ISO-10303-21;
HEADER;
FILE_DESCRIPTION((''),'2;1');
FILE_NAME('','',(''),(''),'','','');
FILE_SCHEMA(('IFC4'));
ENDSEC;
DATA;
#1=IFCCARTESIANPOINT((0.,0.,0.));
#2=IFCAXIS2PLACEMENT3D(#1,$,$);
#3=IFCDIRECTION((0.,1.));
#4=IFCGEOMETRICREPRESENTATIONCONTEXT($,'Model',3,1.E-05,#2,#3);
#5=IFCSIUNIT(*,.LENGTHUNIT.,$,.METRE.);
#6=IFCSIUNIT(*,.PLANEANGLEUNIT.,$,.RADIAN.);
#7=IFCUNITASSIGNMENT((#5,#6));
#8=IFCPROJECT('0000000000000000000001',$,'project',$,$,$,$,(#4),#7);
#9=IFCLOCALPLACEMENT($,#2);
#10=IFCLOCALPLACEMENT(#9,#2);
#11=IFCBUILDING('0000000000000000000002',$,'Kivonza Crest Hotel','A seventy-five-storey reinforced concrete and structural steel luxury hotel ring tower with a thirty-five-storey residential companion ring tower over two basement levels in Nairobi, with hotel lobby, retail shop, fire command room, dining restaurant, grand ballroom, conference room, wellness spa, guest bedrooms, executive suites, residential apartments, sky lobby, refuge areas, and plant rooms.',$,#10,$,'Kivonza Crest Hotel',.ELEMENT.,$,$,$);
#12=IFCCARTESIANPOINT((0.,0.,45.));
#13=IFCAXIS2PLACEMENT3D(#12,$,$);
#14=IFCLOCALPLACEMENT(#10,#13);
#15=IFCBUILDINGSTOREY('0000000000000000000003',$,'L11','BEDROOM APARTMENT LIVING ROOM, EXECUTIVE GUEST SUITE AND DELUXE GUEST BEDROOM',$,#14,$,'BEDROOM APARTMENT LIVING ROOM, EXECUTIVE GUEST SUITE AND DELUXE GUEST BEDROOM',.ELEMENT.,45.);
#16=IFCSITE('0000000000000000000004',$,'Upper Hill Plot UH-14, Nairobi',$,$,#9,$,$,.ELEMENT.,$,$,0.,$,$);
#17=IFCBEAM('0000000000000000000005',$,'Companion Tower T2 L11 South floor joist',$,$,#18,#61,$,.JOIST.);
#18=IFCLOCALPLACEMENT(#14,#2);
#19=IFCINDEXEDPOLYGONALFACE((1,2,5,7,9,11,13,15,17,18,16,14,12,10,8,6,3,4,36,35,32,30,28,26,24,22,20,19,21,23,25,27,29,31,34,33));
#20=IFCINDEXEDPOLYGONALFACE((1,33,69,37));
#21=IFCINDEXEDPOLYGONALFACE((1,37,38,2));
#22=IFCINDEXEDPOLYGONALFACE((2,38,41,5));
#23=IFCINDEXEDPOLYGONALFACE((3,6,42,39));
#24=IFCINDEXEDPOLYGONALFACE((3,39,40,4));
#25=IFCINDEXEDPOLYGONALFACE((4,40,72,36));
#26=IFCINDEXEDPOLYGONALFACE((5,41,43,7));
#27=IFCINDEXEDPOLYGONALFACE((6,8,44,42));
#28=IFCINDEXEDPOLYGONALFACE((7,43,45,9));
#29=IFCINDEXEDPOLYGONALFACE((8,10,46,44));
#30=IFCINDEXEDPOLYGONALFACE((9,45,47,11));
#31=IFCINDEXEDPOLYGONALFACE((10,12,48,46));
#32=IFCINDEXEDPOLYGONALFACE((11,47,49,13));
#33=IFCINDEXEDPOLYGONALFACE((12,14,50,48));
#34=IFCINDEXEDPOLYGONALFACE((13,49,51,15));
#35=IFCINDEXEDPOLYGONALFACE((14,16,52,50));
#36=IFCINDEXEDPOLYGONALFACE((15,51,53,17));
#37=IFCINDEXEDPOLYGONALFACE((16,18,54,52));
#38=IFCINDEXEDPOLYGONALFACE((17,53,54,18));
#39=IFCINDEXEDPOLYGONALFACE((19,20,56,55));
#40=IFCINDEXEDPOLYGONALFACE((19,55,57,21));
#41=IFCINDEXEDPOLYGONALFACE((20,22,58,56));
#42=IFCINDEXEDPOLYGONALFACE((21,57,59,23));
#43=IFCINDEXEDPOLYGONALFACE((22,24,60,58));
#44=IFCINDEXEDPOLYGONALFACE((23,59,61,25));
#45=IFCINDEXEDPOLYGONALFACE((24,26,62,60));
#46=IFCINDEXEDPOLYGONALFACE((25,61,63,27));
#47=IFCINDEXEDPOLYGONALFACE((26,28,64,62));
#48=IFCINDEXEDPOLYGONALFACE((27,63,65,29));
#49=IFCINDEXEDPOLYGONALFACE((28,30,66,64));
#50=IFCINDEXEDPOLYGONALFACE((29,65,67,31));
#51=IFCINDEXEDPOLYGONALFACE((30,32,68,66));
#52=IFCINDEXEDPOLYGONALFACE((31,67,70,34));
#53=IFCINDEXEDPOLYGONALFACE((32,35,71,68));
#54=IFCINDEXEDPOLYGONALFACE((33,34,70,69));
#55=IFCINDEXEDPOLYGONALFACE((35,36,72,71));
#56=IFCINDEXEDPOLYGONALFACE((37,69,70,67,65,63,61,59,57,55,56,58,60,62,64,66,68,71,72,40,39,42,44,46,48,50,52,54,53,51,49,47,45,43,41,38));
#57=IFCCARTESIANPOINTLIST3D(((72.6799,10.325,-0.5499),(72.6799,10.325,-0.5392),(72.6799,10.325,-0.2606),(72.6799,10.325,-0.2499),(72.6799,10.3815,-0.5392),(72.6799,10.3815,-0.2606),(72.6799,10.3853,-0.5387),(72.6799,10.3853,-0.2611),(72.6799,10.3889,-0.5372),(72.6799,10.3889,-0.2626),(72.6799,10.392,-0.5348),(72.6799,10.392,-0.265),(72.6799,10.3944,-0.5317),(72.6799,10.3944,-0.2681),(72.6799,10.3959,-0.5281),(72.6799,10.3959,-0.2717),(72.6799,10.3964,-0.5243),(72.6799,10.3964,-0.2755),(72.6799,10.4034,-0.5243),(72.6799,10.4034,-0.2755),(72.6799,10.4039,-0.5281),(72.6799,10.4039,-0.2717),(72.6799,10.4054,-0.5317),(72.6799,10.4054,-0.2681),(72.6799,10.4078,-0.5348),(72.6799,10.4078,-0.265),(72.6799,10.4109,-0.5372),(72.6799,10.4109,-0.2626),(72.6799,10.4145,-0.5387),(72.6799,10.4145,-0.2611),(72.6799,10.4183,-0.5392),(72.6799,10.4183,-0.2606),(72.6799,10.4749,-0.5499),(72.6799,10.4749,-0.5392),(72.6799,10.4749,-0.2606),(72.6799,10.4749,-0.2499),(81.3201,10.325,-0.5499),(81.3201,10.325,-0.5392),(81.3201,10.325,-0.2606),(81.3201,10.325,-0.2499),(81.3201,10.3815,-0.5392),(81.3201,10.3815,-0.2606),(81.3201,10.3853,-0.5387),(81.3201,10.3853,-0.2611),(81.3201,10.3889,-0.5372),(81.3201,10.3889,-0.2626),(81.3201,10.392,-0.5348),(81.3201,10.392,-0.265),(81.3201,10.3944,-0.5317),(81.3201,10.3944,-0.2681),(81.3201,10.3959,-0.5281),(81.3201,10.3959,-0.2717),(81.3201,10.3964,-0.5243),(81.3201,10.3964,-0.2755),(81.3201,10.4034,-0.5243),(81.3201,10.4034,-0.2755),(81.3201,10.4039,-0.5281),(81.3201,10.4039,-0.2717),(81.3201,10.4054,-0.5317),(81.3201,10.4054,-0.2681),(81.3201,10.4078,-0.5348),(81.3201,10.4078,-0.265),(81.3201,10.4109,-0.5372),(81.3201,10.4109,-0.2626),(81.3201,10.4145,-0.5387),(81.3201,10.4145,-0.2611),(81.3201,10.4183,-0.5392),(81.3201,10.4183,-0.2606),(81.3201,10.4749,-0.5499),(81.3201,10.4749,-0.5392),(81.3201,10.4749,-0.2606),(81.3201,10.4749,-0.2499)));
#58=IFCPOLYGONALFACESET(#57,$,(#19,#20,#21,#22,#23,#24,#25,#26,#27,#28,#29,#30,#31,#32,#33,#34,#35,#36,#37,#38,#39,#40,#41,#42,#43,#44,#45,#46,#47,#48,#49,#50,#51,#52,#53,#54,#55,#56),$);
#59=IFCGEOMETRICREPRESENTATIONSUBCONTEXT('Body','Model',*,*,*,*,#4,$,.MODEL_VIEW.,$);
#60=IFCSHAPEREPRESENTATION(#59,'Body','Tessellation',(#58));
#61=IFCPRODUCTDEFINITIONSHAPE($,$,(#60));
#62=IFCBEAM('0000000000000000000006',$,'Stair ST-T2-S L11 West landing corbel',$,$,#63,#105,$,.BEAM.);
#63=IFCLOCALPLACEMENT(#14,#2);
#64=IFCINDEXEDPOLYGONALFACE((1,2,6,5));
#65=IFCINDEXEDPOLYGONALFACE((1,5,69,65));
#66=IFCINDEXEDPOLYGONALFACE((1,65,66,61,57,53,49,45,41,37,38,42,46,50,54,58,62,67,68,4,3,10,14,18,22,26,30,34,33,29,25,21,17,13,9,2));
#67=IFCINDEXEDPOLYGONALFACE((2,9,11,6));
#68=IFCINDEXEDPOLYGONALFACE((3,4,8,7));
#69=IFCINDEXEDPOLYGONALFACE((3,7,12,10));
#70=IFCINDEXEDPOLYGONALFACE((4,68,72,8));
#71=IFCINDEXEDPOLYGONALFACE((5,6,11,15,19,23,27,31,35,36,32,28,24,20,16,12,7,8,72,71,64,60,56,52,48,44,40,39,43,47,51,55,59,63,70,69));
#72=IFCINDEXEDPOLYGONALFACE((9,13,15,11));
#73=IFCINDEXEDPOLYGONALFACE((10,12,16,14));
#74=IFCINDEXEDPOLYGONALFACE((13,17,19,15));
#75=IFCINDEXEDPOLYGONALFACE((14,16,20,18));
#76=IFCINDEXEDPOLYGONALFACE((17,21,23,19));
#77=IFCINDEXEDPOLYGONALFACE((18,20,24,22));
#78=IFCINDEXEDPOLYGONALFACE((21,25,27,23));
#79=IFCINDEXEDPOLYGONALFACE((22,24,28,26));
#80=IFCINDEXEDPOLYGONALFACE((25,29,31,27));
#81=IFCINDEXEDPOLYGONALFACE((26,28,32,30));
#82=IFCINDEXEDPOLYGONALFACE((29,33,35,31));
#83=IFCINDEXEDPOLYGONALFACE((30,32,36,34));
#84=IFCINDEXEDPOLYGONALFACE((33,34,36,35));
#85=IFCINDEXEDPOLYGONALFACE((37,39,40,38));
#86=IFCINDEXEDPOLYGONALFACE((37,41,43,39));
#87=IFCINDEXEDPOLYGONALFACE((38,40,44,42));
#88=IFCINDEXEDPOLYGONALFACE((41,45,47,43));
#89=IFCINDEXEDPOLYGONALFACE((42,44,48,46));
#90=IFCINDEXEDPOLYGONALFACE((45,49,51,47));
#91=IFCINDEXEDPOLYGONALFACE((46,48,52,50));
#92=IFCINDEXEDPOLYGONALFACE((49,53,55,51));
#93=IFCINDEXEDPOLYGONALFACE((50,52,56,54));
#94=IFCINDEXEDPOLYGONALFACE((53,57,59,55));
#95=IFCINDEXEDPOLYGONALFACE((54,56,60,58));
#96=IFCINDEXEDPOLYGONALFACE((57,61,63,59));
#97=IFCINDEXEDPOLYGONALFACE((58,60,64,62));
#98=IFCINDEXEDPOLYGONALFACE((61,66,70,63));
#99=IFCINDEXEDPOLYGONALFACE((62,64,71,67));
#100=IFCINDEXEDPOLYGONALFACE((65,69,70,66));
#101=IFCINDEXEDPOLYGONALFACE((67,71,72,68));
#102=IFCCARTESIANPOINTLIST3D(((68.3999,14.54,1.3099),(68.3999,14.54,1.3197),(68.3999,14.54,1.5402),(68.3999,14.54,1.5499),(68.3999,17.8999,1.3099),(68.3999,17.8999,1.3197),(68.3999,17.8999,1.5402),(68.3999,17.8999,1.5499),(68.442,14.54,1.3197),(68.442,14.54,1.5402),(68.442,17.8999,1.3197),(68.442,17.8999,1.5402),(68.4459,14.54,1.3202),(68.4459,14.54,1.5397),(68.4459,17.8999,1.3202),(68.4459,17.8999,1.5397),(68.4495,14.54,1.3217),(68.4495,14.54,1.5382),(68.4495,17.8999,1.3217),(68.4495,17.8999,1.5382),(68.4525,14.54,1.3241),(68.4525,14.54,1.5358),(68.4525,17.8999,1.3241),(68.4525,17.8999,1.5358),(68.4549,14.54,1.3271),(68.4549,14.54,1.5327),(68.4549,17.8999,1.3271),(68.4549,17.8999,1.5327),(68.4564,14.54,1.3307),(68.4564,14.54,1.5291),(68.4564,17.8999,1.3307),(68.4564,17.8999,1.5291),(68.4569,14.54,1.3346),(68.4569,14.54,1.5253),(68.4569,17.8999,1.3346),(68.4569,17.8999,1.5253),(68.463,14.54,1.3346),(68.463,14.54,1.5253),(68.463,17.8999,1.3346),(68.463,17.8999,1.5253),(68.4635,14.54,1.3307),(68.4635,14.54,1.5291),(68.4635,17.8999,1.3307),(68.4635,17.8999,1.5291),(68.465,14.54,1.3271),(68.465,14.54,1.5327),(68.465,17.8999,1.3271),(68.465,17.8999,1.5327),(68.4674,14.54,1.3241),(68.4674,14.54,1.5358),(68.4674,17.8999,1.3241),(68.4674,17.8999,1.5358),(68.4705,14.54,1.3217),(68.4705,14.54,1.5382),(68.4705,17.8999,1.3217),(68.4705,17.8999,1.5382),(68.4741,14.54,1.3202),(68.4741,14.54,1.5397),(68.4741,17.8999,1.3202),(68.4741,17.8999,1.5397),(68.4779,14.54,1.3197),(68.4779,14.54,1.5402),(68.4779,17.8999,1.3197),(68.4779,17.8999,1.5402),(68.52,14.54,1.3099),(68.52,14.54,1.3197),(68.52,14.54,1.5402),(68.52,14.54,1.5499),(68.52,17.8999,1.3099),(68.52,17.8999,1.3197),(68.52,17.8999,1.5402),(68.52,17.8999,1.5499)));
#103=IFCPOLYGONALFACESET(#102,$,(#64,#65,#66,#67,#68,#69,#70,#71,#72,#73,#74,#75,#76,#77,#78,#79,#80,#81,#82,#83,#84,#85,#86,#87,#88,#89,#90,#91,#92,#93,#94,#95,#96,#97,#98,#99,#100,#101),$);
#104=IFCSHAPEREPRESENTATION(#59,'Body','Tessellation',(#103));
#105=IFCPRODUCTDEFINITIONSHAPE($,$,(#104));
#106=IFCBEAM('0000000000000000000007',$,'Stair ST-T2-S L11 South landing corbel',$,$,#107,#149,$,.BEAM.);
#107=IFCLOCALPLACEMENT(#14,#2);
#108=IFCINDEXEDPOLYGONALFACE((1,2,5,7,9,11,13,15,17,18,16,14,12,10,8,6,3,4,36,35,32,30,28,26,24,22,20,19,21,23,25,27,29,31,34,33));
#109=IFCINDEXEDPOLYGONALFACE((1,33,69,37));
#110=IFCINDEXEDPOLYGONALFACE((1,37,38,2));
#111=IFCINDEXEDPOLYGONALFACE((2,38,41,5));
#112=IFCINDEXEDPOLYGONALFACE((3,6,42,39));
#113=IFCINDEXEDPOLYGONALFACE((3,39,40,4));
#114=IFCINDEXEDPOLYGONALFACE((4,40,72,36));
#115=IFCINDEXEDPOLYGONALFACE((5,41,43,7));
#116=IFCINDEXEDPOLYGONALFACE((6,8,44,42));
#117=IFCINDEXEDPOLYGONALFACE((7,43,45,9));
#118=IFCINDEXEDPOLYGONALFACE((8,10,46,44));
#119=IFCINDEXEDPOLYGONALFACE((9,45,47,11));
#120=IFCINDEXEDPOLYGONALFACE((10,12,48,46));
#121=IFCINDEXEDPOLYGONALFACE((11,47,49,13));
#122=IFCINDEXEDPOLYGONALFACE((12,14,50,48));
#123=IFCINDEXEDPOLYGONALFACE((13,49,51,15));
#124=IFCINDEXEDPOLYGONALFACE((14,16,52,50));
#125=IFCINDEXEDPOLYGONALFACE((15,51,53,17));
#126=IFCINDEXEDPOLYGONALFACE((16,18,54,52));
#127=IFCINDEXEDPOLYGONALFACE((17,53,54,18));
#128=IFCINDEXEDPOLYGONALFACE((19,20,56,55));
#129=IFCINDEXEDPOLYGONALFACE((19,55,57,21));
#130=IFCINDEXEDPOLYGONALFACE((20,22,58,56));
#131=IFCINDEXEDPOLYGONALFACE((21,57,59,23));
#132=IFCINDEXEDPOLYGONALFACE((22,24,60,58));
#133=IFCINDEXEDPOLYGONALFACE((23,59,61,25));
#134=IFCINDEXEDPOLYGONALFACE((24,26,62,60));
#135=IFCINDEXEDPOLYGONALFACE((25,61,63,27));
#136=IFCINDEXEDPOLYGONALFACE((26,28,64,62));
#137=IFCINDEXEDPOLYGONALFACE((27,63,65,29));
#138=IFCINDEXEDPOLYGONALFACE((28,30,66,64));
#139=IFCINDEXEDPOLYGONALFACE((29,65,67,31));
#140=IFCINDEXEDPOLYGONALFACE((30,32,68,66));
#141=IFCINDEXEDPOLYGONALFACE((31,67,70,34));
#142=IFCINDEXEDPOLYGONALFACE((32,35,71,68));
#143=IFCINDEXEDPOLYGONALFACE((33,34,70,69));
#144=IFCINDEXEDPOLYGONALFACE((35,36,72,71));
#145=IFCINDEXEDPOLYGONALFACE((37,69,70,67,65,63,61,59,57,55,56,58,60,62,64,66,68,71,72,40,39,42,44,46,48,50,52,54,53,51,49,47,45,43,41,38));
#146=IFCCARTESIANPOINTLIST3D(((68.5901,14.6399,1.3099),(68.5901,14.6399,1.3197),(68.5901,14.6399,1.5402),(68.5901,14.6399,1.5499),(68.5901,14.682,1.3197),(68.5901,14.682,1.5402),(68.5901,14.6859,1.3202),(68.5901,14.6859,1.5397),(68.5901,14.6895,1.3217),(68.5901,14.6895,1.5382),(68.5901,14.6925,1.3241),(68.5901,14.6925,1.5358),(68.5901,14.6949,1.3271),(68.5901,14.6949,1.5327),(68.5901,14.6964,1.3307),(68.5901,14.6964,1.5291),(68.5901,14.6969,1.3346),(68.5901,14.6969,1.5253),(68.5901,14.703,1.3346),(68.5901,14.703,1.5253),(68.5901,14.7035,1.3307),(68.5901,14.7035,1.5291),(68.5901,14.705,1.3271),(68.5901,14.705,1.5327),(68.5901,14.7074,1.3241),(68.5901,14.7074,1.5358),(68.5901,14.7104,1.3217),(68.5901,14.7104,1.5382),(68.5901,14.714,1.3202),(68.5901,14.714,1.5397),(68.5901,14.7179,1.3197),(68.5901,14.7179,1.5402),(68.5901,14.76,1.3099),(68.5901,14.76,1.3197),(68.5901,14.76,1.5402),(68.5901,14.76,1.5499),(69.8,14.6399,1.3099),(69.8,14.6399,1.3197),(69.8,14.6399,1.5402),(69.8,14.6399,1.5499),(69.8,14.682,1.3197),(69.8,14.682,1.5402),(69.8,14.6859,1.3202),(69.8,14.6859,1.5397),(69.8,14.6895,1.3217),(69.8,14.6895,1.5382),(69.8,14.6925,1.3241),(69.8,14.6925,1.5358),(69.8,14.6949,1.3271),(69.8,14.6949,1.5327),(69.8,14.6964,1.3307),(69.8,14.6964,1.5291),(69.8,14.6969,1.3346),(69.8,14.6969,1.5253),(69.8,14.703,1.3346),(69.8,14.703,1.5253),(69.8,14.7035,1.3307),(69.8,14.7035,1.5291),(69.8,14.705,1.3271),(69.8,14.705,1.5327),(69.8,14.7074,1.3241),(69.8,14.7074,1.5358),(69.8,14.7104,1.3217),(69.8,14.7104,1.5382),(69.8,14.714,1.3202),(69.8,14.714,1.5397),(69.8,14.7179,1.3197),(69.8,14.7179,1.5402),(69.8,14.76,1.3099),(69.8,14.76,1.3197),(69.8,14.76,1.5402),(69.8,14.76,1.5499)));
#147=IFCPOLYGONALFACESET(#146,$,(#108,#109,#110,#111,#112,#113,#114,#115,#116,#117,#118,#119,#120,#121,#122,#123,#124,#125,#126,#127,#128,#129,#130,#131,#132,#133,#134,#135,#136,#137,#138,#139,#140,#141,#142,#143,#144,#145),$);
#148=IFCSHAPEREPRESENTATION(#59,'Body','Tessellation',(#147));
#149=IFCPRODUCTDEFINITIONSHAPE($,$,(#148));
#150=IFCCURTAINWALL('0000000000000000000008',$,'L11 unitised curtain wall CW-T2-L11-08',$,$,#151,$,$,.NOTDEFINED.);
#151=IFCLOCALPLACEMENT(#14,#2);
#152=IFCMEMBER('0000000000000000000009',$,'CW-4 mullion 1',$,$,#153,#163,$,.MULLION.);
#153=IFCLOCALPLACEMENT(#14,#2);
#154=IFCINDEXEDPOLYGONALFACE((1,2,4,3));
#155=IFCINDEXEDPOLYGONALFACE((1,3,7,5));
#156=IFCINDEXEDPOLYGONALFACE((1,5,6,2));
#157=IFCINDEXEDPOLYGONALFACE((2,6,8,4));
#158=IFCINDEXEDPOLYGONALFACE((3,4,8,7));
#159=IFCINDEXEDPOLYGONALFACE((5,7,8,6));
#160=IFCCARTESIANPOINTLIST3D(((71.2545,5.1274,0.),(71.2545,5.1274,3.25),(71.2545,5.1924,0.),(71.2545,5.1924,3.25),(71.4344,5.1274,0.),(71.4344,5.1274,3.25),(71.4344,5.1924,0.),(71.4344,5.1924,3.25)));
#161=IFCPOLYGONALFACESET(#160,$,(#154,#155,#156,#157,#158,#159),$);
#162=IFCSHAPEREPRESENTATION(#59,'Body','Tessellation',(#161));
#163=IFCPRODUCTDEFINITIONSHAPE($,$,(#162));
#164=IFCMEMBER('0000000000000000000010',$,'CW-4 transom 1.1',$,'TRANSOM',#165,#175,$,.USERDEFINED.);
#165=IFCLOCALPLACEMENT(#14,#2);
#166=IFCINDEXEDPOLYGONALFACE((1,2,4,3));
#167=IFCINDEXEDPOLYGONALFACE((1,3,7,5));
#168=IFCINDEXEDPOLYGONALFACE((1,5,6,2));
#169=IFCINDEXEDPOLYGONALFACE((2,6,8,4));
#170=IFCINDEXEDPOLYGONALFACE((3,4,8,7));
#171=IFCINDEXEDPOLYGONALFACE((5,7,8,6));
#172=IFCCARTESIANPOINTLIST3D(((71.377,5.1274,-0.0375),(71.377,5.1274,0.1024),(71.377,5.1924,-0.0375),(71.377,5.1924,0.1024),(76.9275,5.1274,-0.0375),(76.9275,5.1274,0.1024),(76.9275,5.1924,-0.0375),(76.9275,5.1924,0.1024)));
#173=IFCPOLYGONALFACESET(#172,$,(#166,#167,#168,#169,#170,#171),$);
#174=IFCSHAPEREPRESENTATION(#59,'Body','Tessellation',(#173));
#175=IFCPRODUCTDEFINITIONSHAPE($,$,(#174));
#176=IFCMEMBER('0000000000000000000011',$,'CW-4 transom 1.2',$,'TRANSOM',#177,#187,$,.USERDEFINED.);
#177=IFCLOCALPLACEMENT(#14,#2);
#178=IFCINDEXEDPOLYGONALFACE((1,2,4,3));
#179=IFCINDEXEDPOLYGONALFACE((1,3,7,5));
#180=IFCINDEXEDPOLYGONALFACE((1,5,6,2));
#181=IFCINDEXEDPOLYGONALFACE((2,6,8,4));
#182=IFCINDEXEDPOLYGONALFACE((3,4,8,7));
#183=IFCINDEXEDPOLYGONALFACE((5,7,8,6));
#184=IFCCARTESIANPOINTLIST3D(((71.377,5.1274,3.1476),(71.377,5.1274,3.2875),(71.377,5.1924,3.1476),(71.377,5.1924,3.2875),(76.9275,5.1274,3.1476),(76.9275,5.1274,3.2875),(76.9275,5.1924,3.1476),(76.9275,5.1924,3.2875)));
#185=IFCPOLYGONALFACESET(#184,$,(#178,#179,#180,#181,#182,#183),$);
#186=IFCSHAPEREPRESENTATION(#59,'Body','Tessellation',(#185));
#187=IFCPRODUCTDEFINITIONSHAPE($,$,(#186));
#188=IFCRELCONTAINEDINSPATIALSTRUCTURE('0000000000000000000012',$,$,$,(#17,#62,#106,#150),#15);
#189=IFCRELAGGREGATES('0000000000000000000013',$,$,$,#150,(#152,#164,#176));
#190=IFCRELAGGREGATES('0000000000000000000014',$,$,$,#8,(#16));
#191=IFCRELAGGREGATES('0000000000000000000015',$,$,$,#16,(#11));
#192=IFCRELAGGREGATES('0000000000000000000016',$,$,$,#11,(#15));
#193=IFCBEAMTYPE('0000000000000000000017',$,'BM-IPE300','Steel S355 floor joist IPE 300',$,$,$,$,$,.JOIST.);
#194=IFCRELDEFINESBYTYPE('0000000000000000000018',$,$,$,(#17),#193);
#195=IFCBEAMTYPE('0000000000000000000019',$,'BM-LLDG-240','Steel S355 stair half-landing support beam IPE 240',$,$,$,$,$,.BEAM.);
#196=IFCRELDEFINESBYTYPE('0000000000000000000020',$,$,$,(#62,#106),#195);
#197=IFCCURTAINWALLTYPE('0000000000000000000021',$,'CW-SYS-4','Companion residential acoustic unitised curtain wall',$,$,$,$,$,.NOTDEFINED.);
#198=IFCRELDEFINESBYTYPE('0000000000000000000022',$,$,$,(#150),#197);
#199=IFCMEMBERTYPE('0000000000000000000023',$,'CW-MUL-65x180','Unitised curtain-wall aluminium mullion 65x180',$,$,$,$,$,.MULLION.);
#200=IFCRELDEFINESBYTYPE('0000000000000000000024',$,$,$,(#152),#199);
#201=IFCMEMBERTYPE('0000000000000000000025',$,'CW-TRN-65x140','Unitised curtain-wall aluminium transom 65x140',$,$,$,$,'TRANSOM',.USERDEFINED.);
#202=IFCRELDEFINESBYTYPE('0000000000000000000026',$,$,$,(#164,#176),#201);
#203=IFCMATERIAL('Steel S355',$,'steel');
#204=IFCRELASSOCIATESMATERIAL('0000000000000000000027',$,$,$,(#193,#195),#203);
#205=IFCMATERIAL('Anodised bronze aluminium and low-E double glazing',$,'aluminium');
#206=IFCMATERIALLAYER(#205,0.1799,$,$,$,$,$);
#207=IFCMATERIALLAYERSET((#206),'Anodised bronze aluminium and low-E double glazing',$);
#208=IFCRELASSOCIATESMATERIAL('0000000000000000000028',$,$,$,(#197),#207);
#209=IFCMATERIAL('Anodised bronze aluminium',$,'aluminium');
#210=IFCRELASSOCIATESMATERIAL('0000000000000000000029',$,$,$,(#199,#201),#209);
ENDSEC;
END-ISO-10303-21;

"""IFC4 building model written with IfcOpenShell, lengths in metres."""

from ifc_helpers import new_model, si_unit, direction, frame, origin, origin_2d, place, context, subcontext, project, spatial, rectangle, i_section, extrude, material, layer, layer_set, material_profile, profile_set, type_object, element, aggregate, save


model = new_model("IFC4")

# Units and contexts
model_context = context("Model", 3, precision=1e-05, world=origin(), true_north=direction((0.0, 1.0)))
body_context = subcontext(model_context, "Body", "Model", "MODEL_VIEW")
ifc_project = project(units=[si_unit("LENGTHUNIT", "METRE"), si_unit("PLANEANGLEUNIT", "RADIAN")], contexts=[model_context])

# Site, building, storey
site_placement = place(None, origin())
site = spatial("IfcSite", under=ifc_project, at=site_placement, Name="Upper Hill Plot UH-14, Nairobi", CompositionType="ELEMENT", RefElevation=0.0)
building_placement = place(site_placement, origin())
building = spatial("IfcBuilding", under=site, at=building_placement, Name="Kivonza Crest Hotel", Description="A seventy-five-storey reinforced concrete and structural steel luxury hotel ring tower with a thirty-five-storey residential companion ring tower over two basement levels in Nairobi, with hotel lobby, retail shop, fire command room, dining restaurant, grand ballroom, conference room, wellness spa, guest bedrooms, executive suites, residential apartments, sky lobby, refuge areas, and plant rooms.", LongName="Kivonza Crest Hotel", CompositionType="ELEMENT")
storey_placement = place(building_placement, frame((0.0, 0.0, 45.0)))
storey = spatial("IfcBuildingStorey", under=building, at=storey_placement, Name="L11", Description="BEDROOM APARTMENT LIVING ROOM, EXECUTIVE GUEST SUITE AND DELUXE GUEST BEDROOM", LongName="BEDROOM APARTMENT LIVING ROOM, EXECUTIVE GUEST SUITE AND DELUXE GUEST BEDROOM", CompositionType="ELEMENT", Elevation=45.0)

# Beams
ifc_material_1 = material(Name="Steel S355", Category="steel")
ifc_material_profile_1 = material_profile(ifc_material_1, i_section(OverallWidth=0.1499, OverallDepth=0.3, WebThickness=0.0071, FlangeThickness=0.0107, FilletRadius=0.0149, at=origin_2d()), Name="IPE 300")
ifc_profile_set_1 = profile_set([ifc_material_profile_1], Name="Steel S355")
beam_type_1 = type_object("IfcBeamType", Name="BM-IPE300", Description="Steel S355 floor joist IPE 300", PredefinedType="JOIST", material=ifc_profile_set_1)
beam_1_placement = place(storey_placement, frame((72.6799, 10.3999, -0.3999), z_axis=(1.0, 0.0, 0.0), x_axis=(0.0, 1.0, 0.0)))
element("IfcBeam", 1, at=beam_1_placement, inside=storey, type_object=beam_type_1, Name="Companion Tower T2 L11 South floor joist", PredefinedType="JOIST", context=body_context, shape_type="SweptSolid", body=[
    extrude(i_section(OverallWidth=0.1499, OverallDepth=0.3, WebThickness=0.0071, FlangeThickness=0.0107, FilletRadius=0.0149, at=origin_2d()), origin(), (0.0, 0.0, 1.0), 8.6401),
])
ifc_material_profile_2 = material_profile(ifc_material_1, i_section(OverallWidth=0.1201, OverallDepth=0.24, WebThickness=0.0061, FlangeThickness=0.0098, FilletRadius=0.0149, at=origin_2d()), Name="IPE 240")
ifc_profile_set_2 = profile_set([ifc_material_profile_2], Name="Steel S355")
beam_type_2 = type_object("IfcBeamType", Name="BM-LLDG-240", Description="Steel S355 stair half-landing support beam IPE 240", PredefinedType="BEAM", material=ifc_profile_set_2)
beam_2_placement = place(storey_placement, frame((68.46, 14.54, 1.4299), z_axis=(0.0, 1.0, 0.0), x_axis=(-1.0, 0.0, 0.0)))
element("IfcBeam", 2, at=beam_2_placement, inside=storey, type_object=beam_type_2, Name="Stair ST-T2-S L11 West landing corbel", PredefinedType="BEAM", context=body_context, shape_type="SweptSolid", body=[
    extrude(i_section(OverallWidth=0.1201, OverallDepth=0.24, WebThickness=0.0061, FlangeThickness=0.0098, FilletRadius=0.0149, at=origin_2d()), origin(), (0.0, 0.0, 1.0), 3.3599),
])
beam_3_placement = place(storey_placement, frame((68.5901, 14.7, 1.4299), z_axis=(1.0, 0.0, 0.0), x_axis=(0.0, 1.0, 0.0)))
element("IfcBeam", 3, at=beam_3_placement, inside=storey, type_object=beam_type_2, Name="Stair ST-T2-S L11 South landing corbel", PredefinedType="BEAM", context=body_context, shape_type="SweptSolid", body=[
    extrude(i_section(OverallWidth=0.1201, OverallDepth=0.24, WebThickness=0.0061, FlangeThickness=0.0098, FilletRadius=0.0149, at=origin_2d()), origin(), (0.0, 0.0, 1.0), 1.21),
])

# Curtain wall, members
ifc_material_2 = material(Name="Anodised bronze aluminium and low-E double glazing", Category="aluminium")
ifc_layer_1 = layer(ifc_material_2, 0.1799)
ifc_layer_set_1 = layer_set([ifc_layer_1], Name="Anodised bronze aluminium and low-E double glazing")
curtain_wall_type = type_object("IfcCurtainWallType", Name="CW-SYS-4", Description="Companion residential acoustic unitised curtain wall", PredefinedType="NOTDEFINED", material=ifc_layer_set_1)
curtain_wall_placement = place(storey_placement, origin())
curtain_wall = element("IfcCurtainWall", 4, at=curtain_wall_placement, inside=storey, type_object=curtain_wall_type, Name="L11 unitised curtain wall CW-T2-L11-08", PredefinedType="NOTDEFINED")
ifc_material_3 = material(Name="Anodised bronze aluminium", Category="aluminium")
ifc_material_profile_3 = material_profile(ifc_material_3, rectangle(XDim=0.0649, YDim=0.1799, at=origin_2d()), Name="CW-M 65x180")
ifc_profile_set_3 = profile_set([ifc_material_profile_3], Name="Anodised bronze aluminium")
member_type_1 = type_object("IfcMemberType", Name="CW-MUL-65x180", Description="Unitised curtain-wall aluminium mullion 65x180", PredefinedType="MULLION", material=ifc_profile_set_3)
member_1_placement = place(storey_placement, frame((71.3445, 5.1599, 0.0), z_axis=(0.0, 0.0, 1.0), x_axis=(0.0, 1.0, 0.0)))
member_1 = element("IfcMember", 5, at=member_1_placement, type_object=member_type_1, Name="CW-4 mullion 1", PredefinedType="MULLION", context=body_context, shape_type="SweptSolid", body=[
    extrude(rectangle(XDim=0.0649, YDim=0.1799, at=origin_2d()), origin(), (0.0, 0.0, 1.0), 3.25),
])
ifc_material_profile_4 = material_profile(ifc_material_3, rectangle(XDim=0.0649, YDim=0.1399, at=origin_2d()), Name="CW-T 65x140")
ifc_profile_set_4 = profile_set([ifc_material_profile_4], Name="Anodised bronze aluminium")
member_type_2 = type_object("IfcMemberType", Name="CW-TRN-65x140", Description="Unitised curtain-wall aluminium transom 65x140", ElementType="TRANSOM", PredefinedType="USERDEFINED", material=ifc_profile_set_4)
member_2_placement = place(storey_placement, frame((71.377, 5.1599, 0.0325), z_axis=(1.0, 0.0, 0.0), x_axis=(0.0, 1.0, 0.0)))
member_2 = element("IfcMember", 6, at=member_2_placement, type_object=member_type_2, Name="CW-4 transom 1.1", ObjectType="TRANSOM", PredefinedType="USERDEFINED", context=body_context, shape_type="SweptSolid", body=[
    extrude(rectangle(XDim=0.0649, YDim=0.1399, at=origin_2d()), origin(), (0.0, 0.0, 1.0), 5.5505),
])
member_3_placement = place(storey_placement, frame((71.377, 5.1599, 3.2175), z_axis=(1.0, 0.0, 0.0), x_axis=(0.0, 1.0, 0.0)))
member_3 = element("IfcMember", 7, at=member_3_placement, type_object=member_type_2, Name="CW-4 transom 1.2", ObjectType="TRANSOM", PredefinedType="USERDEFINED", context=body_context, shape_type="SweptSolid", body=[
    extrude(rectangle(XDim=0.0649, YDim=0.1399, at=origin_2d()), origin(), (0.0, 0.0, 1.0), 5.5505),
])
aggregate(curtain_wall, [member_1, member_2, member_3])

save(model, "model.ifc")
